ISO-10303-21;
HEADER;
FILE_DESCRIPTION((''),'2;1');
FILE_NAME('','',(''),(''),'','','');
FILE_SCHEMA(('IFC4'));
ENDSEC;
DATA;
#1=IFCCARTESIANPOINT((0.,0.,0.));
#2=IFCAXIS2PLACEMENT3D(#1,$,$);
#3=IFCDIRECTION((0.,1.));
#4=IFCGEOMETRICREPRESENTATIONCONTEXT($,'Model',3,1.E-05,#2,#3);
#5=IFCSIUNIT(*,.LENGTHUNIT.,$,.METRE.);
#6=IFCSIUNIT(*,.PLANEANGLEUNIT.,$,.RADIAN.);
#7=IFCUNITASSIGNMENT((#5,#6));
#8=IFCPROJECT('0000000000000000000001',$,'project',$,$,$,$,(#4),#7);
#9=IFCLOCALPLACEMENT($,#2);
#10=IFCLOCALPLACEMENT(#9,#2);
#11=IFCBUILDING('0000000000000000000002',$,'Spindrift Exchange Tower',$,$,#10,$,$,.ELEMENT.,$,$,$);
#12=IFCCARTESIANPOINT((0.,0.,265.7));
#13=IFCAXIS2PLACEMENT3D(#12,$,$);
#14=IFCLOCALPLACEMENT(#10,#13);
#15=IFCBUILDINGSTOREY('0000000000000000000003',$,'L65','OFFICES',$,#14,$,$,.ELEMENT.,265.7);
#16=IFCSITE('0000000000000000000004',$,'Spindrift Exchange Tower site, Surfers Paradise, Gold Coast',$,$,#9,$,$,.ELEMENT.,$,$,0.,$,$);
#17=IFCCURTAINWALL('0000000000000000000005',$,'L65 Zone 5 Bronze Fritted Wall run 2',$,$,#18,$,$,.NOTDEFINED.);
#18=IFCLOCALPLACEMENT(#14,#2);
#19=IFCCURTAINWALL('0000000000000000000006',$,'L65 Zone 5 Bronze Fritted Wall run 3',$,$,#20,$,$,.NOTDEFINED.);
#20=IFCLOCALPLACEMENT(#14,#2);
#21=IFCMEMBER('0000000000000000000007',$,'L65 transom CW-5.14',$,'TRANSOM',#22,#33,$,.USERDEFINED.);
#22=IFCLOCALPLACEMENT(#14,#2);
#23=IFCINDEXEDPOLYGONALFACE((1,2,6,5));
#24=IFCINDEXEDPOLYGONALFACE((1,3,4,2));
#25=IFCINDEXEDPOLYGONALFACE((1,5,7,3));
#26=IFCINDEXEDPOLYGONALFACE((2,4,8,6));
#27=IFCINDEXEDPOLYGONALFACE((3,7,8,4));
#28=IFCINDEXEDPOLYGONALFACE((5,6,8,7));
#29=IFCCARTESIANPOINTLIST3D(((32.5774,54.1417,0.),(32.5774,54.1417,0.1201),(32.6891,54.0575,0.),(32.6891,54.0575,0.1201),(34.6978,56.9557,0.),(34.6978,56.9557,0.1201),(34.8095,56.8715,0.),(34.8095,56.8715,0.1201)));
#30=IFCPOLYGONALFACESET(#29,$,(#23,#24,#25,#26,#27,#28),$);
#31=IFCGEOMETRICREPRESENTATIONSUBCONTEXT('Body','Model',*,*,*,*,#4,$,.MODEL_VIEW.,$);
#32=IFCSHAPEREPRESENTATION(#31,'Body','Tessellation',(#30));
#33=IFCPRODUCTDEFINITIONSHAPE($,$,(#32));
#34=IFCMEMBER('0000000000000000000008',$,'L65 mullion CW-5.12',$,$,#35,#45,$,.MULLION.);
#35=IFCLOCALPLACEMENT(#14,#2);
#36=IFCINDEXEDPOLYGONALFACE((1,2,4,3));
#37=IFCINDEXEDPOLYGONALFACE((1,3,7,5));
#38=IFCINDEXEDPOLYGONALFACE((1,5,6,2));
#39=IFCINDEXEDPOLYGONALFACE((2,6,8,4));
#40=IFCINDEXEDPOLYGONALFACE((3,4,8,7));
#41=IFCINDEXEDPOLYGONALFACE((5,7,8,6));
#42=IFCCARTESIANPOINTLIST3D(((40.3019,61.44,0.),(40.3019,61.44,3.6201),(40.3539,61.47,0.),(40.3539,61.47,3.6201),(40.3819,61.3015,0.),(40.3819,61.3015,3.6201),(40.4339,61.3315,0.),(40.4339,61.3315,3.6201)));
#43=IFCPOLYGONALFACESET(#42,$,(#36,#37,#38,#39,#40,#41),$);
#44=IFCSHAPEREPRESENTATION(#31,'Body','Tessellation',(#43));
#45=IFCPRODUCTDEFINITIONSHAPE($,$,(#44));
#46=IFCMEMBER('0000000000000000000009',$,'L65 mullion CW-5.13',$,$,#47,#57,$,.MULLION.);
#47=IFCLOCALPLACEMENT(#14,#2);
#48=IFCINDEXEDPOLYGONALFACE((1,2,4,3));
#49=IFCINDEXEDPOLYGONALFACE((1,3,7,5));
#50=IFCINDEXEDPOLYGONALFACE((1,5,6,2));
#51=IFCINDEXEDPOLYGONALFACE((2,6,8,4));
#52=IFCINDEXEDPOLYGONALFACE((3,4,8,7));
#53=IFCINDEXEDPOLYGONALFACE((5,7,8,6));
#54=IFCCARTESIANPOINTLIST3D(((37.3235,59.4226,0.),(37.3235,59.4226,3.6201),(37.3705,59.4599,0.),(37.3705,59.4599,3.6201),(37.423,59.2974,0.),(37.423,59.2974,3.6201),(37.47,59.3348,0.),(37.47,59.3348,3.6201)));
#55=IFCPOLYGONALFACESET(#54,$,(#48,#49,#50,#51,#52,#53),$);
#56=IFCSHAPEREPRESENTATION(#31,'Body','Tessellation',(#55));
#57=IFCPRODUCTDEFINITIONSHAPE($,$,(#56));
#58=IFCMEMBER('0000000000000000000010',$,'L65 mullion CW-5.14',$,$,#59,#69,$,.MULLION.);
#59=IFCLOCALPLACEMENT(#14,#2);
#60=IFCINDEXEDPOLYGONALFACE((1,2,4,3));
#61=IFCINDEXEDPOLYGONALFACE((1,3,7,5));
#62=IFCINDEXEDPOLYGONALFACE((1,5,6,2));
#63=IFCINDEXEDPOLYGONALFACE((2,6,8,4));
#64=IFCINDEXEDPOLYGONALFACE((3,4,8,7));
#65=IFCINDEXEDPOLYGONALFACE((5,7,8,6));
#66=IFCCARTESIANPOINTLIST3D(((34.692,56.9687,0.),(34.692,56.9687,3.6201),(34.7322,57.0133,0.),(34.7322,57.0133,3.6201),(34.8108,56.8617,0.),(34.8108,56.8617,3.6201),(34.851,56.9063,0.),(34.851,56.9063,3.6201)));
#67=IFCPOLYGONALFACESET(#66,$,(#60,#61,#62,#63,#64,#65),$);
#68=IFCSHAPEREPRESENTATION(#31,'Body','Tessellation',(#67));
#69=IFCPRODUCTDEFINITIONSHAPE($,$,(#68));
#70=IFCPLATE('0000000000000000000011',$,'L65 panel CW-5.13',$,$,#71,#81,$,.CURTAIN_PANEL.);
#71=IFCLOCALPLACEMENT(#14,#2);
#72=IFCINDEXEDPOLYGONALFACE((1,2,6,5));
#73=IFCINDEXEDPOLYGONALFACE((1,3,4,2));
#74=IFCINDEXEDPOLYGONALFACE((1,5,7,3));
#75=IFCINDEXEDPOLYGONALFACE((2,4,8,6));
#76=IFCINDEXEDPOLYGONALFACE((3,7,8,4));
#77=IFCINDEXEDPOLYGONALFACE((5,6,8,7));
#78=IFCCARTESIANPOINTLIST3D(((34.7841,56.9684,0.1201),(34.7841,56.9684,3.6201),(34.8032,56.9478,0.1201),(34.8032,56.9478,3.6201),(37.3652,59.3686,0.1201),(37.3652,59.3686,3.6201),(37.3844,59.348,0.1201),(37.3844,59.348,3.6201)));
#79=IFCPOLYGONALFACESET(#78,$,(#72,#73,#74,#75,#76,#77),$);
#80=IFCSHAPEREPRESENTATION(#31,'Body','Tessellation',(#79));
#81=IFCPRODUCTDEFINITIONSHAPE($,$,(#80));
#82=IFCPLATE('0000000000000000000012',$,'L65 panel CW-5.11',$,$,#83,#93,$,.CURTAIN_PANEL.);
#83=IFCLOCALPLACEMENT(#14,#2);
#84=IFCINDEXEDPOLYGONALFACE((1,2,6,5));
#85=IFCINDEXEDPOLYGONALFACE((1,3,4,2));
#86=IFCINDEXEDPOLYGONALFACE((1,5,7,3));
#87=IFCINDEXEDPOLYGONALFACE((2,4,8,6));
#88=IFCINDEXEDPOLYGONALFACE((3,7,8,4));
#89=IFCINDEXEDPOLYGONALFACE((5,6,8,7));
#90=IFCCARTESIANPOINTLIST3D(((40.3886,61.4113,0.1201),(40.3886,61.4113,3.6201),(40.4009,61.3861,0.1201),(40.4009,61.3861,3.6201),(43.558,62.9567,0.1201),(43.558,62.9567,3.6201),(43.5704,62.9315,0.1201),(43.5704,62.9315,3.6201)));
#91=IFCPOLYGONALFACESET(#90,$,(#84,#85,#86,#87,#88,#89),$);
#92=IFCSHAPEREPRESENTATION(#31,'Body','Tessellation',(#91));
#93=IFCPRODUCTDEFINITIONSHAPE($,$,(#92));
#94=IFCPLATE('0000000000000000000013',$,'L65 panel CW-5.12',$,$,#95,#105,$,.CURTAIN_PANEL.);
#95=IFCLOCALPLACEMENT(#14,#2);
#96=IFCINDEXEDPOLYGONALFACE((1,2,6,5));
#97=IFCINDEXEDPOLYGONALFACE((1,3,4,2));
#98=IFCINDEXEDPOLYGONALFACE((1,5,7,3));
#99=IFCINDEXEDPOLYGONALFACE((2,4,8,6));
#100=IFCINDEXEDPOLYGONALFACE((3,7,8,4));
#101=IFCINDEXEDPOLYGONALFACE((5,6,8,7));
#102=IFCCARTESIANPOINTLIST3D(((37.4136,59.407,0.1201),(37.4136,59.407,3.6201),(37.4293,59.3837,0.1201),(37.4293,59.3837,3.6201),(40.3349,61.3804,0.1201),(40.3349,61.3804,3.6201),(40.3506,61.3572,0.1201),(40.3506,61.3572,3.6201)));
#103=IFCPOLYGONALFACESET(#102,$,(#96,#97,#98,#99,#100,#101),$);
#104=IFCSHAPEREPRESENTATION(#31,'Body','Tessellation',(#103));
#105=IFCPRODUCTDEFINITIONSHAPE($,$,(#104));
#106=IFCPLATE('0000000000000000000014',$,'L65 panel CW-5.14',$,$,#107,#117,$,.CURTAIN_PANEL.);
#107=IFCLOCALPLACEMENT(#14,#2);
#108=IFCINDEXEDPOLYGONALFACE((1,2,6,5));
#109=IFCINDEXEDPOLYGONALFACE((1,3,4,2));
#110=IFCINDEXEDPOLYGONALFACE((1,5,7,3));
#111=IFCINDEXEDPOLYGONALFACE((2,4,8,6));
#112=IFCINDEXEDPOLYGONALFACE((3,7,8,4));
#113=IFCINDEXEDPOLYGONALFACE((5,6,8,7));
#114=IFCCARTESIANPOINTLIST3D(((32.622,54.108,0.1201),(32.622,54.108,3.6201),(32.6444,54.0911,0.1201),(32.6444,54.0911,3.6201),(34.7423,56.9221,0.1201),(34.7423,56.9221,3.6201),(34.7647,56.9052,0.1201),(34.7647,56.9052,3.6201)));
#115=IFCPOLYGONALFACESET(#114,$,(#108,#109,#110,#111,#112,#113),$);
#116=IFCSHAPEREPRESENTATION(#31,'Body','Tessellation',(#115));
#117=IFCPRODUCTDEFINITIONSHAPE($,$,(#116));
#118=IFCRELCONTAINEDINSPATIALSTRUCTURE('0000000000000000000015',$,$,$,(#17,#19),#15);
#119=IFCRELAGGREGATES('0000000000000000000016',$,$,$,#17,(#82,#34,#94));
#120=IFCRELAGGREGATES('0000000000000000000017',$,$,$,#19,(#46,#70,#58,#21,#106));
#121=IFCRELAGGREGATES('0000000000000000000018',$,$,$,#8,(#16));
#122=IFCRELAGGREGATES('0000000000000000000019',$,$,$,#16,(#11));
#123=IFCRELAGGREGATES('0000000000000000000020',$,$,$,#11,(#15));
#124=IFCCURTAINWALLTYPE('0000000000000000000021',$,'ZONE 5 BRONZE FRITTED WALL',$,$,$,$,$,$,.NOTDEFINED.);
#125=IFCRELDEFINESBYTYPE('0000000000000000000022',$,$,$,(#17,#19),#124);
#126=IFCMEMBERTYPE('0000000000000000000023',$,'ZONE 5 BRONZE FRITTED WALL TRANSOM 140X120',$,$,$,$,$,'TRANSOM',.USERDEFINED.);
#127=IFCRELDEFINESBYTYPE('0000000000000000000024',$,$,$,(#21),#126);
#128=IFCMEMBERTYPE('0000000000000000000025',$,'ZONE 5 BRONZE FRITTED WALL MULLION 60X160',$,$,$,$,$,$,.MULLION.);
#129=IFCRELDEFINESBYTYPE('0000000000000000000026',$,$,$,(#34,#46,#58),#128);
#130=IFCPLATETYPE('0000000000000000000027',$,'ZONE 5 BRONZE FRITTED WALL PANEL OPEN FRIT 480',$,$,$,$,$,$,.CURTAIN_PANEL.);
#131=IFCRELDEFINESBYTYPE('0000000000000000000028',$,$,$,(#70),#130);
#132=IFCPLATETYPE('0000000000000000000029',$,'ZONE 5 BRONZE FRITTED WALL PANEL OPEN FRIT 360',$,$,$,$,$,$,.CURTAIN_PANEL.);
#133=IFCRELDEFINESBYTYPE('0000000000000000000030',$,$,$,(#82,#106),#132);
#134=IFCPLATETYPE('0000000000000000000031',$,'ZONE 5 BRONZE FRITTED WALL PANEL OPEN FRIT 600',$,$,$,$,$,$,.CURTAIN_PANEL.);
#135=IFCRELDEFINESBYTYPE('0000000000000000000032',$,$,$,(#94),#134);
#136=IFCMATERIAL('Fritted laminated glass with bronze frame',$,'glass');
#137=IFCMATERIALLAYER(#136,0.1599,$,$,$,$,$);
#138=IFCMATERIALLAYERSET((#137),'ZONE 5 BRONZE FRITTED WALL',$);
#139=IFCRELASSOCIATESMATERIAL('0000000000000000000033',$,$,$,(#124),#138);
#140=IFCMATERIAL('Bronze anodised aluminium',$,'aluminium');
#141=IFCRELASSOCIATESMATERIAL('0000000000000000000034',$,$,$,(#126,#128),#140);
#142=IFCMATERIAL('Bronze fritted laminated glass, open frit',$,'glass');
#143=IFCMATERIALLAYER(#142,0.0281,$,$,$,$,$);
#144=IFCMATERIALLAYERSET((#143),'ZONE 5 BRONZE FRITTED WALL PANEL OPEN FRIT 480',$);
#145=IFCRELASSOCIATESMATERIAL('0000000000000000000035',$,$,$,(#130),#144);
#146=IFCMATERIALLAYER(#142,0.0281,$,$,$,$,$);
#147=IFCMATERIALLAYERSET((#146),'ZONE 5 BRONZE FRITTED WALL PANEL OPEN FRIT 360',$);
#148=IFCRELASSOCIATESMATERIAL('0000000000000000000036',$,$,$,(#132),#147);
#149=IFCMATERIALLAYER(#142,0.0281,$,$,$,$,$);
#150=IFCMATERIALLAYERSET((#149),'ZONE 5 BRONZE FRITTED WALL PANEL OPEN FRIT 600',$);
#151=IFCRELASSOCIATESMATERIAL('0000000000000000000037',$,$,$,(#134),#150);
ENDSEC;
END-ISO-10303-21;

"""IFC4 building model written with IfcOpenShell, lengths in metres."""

from ifc_helpers import new_model, si_unit, direction, frame, origin, origin_2d, place, context, subcontext, project, spatial, rectangle, extrude, source, transform, mapped, material, layer, layer_set, material_profile, profile_set, type_object, element, aggregate, save


model = new_model("IFC4")

# Units and contexts
model_context = context("Model", 3, precision=1e-05, world=origin(), true_north=direction((0.0, 1.0)))
body_context = subcontext(model_context, "Body", "Model", "MODEL_VIEW")
ifc_project = project(units=[si_unit("LENGTHUNIT", "METRE"), si_unit("PLANEANGLEUNIT", "RADIAN")], contexts=[model_context])

# Site, building, storey
site_placement = place(None, origin())
site = spatial("IfcSite", under=ifc_project, at=site_placement, Name="Spindrift Exchange Tower site, Surfers Paradise, Gold Coast", CompositionType="ELEMENT", RefElevation=0.0)
building_placement = place(site_placement, origin())
building = spatial("IfcBuilding", under=site, at=building_placement, Name="Spindrift Exchange Tower", CompositionType="ELEMENT")
storey_placement = place(building_placement, frame((0.0, 0.0, 265.7)))
storey = spatial("IfcBuildingStorey", under=building, at=storey_placement, Name="L65", Description="OFFICES", CompositionType="ELEMENT", Elevation=265.7)

# Curtain wall
ifc_material_1 = material(Name="Fritted laminated glass with bronze frame", Category="glass")
ifc_layer_1 = layer(ifc_material_1, 0.1599)
ifc_layer_set_1 = layer_set([ifc_layer_1], Name="ZONE 5 BRONZE FRITTED WALL")
curtain_wall_type = type_object("IfcCurtainWallType", Name="ZONE 5 BRONZE FRITTED WALL", PredefinedType="NOTDEFINED", material=ifc_layer_set_1)
curtain_wall_1_placement = place(storey_placement, origin())
curtain_wall_1 = element("IfcCurtainWall", 1, at=curtain_wall_1_placement, inside=storey, type_object=curtain_wall_type, Name="L65 Zone 5 Bronze Fritted Wall run 2", PredefinedType="NOTDEFINED")
ifc_material_2 = material(Name="Bronze anodised aluminium", Category="aluminium")
ifc_material_profile_1 = material_profile(ifc_material_2, rectangle(XDim=0.1399, YDim=0.1201, at=origin_2d()), Name="ZONE 5 BRONZE FRITTED WALL TRANSOM 140X120")
ifc_profile_set_1 = profile_set([ifc_material_profile_1], Name="Bronze anodised aluminium")
member_type_1 = type_object("IfcMemberType", Name="ZONE 5 BRONZE FRITTED WALL TRANSOM 140X120", ElementType="TRANSOM", PredefinedType="USERDEFINED", material=ifc_profile_set_1)

# Curtain wall, member
curtain_wall_2_placement = place(storey_placement, origin())
curtain_wall_2 = element("IfcCurtainWall", 2, at=curtain_wall_2_placement, inside=storey, type_object=curtain_wall_type, Name="L65 Zone 5 Bronze Fritted Wall run 3", PredefinedType="NOTDEFINED")
shared_shape_1 = source(origin(), body_context, "Body", "SweptSolid", [
    extrude(rectangle(XDim=0.1399, YDim=0.1201, at=origin_2d()), origin(), (0.0, 0.0, 1.0), 3.5234),
])
member_1_placement = place(storey_placement, frame((34.7537, 56.9136, 0.0601), z_axis=(-0.601795, -0.798651, 0.0), x_axis=(0.798651, -0.601795, 0.0)))
member_1 = element("IfcMember", 3, at=member_1_placement, type_object=member_type_1, Name="L65 transom CW-5.14", ObjectType="TRANSOM", PredefinedType="USERDEFINED", context=body_context, shape_type="MappedRepresentation", body=[
    mapped(shared_shape_1, transform((0.0, 0.0, 0.0), scale=1.0)),
])

# Members
ifc_material_profile_2 = material_profile(ifc_material_2, rectangle(XDim=0.0601, YDim=0.1599, at=origin_2d()), Name="ZONE 5 BRONZE FRITTED WALL MULLION 60X160")
ifc_profile_set_2 = profile_set([ifc_material_profile_2], Name="Bronze anodised aluminium")
member_type_2 = type_object("IfcMemberType", Name="ZONE 5 BRONZE FRITTED WALL MULLION 60X160", PredefinedType="MULLION", material=ifc_profile_set_2)
shared_shape_2 = source(origin(), body_context, "Body", "SweptSolid", [
    extrude(rectangle(XDim=0.0601, YDim=0.1599, at=origin_2d()), origin(), (0.0, 0.0, 1.0), 3.6201),
])
member_2_placement = place(storey_placement, frame((40.3679, 61.3857, 0.0), z_axis=(0.0, 0.0, 1.0), x_axis=(-0.865874, -0.500263, 0.0)))
member_2 = element("IfcMember", 4, at=member_2_placement, type_object=member_type_2, Name="L65 mullion CW-5.12", PredefinedType="MULLION", context=body_context, shape_type="MappedRepresentation", body=[
    mapped(shared_shape_2, transform((0.0, 0.0, 0.0), scale=1.0)),
])
member_3_placement = place(storey_placement, frame((37.3967, 59.3787, 0.0), z_axis=(0.0, 0.0, 1.0), x_axis=(-0.782822, -0.622246, 0.0)))
member_3 = element("IfcMember", 5, at=member_3_placement, type_object=member_type_2, Name="L65 mullion CW-5.13", PredefinedType="MULLION", context=body_context, shape_type="MappedRepresentation", body=[
    mapped(shared_shape_2, transform((0.0, 0.0, 0.0), scale=1.0)),
])
member_4_placement = place(storey_placement, frame((34.7715, 56.9375, 0.0), z_axis=(0.0, 0.0, 1.0), x_axis=(-0.669633, -0.742692, 0.0)))
member_4 = element("IfcMember", 6, at=member_4_placement, type_object=member_type_2, Name="L65 mullion CW-5.14", PredefinedType="MULLION", context=body_context, shape_type="MappedRepresentation", body=[
    mapped(shared_shape_2, transform((0.0, 0.0, 0.0), scale=1.0)),
])

# Plates
ifc_material_3 = material(Name="Bronze fritted laminated glass, open frit", Category="glass")
ifc_layer_2 = layer(ifc_material_3, 0.0281)
ifc_layer_set_2 = layer_set([ifc_layer_2], Name="ZONE 5 BRONZE FRITTED WALL PANEL OPEN FRIT 480")
plate_type_1 = type_object("IfcPlateType", Name="ZONE 5 BRONZE FRITTED WALL PANEL OPEN FRIT 480", PredefinedType="CURTAIN_PANEL", material=ifc_layer_set_2)
shared_shape_3 = source(origin(), body_context, "Body", "SweptSolid", [
    extrude(rectangle(XDim=3.5247, YDim=0.0281, at=origin_2d()), origin(), (0.0, 0.0, 1.0), 3.5),
])
plate_1_placement = place(storey_placement, frame((36.0842, 58.1582, 0.1201), z_axis=(0.0, 0.0, 1.0), x_axis=(-0.732305, -0.680977, 0.0)))
plate_1 = element("IfcPlate", 7, at=plate_1_placement, type_object=plate_type_1, Name="L65 panel CW-5.13", PredefinedType="CURTAIN_PANEL", context=body_context, shape_type="MappedRepresentation", body=[
    mapped(shared_shape_3, transform((0.0, 0.0, 0.0), scale=1.0)),
])
ifc_layer_3 = layer(ifc_material_3, 0.0281)
ifc_layer_set_3 = layer_set([ifc_layer_3], Name="ZONE 5 BRONZE FRITTED WALL PANEL OPEN FRIT 360")
plate_type_2 = type_object("IfcPlateType", Name="ZONE 5 BRONZE FRITTED WALL PANEL OPEN FRIT 360", PredefinedType="CURTAIN_PANEL", material=ifc_layer_set_3)
shared_shape_4 = source(origin(), body_context, "Body", "SweptSolid", [
    extrude(rectangle(XDim=3.5261, YDim=0.0281, at=origin_2d()), origin(), (0.0, 0.0, 1.0), 3.5),
])
plate_2_placement = place(storey_placement, frame((41.9795, 62.1714, 0.1201), z_axis=(0.0, 0.0, 1.0), x_axis=(-0.898839, -0.438279, 0.0)))
plate_2 = element("IfcPlate", 8, at=plate_2_placement, type_object=plate_type_2, Name="L65 panel CW-5.11", PredefinedType="CURTAIN_PANEL", context=body_context, shape_type="MappedRepresentation", body=[
    mapped(shared_shape_4, transform((0.0, 0.0, 0.0), scale=1.0)),
])
ifc_layer_4 = layer(ifc_material_3, 0.0281)
ifc_layer_set_4 = layer_set([ifc_layer_4], Name="ZONE 5 BRONZE FRITTED WALL PANEL OPEN FRIT 600")
plate_type_3 = type_object("IfcPlateType", Name="ZONE 5 BRONZE FRITTED WALL PANEL OPEN FRIT 600", PredefinedType="CURTAIN_PANEL", material=ifc_layer_set_4)
shared_shape_5 = source(origin(), body_context, "Body", "SweptSolid", [
    extrude(rectangle(XDim=3.5254, YDim=0.0281, at=origin_2d()), origin(), (0.0, 0.0, 1.0), 3.5),
])
plate_3_placement = place(storey_placement, frame((38.8821, 60.3821, 0.1201), z_axis=(0.0, 0.0, 1.0), x_axis=(-0.828641, -0.55978, 0.0)))
plate_3 = element("IfcPlate", 9, at=plate_3_placement, type_object=plate_type_3, Name="L65 panel CW-5.12", PredefinedType="CURTAIN_PANEL", context=body_context, shape_type="MappedRepresentation", body=[
    mapped(shared_shape_5, transform((0.0, 0.0, 0.0), scale=1.0)),
])
aggregate(curtain_wall_1, [plate_2, member_2, plate_3])
shared_shape_6 = source(origin(), body_context, "Body", "SweptSolid", [
    extrude(rectangle(XDim=3.5234, YDim=0.0281, at=origin_2d()), origin(), (0.0, 0.0, 1.0), 3.5),
])
plate_4_placement = place(storey_placement, frame((33.6934, 55.5066, 0.1201), z_axis=(0.0, 0.0, 1.0), x_axis=(-0.60178, -0.798662, 0.0)))
plate_4 = element("IfcPlate", 10, at=plate_4_placement, type_object=plate_type_2, Name="L65 panel CW-5.14", PredefinedType="CURTAIN_PANEL", context=body_context, shape_type="MappedRepresentation", body=[
    mapped(shared_shape_6, transform((0.0, 0.0, 0.0), scale=1.0)),
])
aggregate(curtain_wall_2, [member_3, plate_1, member_4, member_1, plate_4])

save(model, "model.ifc")
